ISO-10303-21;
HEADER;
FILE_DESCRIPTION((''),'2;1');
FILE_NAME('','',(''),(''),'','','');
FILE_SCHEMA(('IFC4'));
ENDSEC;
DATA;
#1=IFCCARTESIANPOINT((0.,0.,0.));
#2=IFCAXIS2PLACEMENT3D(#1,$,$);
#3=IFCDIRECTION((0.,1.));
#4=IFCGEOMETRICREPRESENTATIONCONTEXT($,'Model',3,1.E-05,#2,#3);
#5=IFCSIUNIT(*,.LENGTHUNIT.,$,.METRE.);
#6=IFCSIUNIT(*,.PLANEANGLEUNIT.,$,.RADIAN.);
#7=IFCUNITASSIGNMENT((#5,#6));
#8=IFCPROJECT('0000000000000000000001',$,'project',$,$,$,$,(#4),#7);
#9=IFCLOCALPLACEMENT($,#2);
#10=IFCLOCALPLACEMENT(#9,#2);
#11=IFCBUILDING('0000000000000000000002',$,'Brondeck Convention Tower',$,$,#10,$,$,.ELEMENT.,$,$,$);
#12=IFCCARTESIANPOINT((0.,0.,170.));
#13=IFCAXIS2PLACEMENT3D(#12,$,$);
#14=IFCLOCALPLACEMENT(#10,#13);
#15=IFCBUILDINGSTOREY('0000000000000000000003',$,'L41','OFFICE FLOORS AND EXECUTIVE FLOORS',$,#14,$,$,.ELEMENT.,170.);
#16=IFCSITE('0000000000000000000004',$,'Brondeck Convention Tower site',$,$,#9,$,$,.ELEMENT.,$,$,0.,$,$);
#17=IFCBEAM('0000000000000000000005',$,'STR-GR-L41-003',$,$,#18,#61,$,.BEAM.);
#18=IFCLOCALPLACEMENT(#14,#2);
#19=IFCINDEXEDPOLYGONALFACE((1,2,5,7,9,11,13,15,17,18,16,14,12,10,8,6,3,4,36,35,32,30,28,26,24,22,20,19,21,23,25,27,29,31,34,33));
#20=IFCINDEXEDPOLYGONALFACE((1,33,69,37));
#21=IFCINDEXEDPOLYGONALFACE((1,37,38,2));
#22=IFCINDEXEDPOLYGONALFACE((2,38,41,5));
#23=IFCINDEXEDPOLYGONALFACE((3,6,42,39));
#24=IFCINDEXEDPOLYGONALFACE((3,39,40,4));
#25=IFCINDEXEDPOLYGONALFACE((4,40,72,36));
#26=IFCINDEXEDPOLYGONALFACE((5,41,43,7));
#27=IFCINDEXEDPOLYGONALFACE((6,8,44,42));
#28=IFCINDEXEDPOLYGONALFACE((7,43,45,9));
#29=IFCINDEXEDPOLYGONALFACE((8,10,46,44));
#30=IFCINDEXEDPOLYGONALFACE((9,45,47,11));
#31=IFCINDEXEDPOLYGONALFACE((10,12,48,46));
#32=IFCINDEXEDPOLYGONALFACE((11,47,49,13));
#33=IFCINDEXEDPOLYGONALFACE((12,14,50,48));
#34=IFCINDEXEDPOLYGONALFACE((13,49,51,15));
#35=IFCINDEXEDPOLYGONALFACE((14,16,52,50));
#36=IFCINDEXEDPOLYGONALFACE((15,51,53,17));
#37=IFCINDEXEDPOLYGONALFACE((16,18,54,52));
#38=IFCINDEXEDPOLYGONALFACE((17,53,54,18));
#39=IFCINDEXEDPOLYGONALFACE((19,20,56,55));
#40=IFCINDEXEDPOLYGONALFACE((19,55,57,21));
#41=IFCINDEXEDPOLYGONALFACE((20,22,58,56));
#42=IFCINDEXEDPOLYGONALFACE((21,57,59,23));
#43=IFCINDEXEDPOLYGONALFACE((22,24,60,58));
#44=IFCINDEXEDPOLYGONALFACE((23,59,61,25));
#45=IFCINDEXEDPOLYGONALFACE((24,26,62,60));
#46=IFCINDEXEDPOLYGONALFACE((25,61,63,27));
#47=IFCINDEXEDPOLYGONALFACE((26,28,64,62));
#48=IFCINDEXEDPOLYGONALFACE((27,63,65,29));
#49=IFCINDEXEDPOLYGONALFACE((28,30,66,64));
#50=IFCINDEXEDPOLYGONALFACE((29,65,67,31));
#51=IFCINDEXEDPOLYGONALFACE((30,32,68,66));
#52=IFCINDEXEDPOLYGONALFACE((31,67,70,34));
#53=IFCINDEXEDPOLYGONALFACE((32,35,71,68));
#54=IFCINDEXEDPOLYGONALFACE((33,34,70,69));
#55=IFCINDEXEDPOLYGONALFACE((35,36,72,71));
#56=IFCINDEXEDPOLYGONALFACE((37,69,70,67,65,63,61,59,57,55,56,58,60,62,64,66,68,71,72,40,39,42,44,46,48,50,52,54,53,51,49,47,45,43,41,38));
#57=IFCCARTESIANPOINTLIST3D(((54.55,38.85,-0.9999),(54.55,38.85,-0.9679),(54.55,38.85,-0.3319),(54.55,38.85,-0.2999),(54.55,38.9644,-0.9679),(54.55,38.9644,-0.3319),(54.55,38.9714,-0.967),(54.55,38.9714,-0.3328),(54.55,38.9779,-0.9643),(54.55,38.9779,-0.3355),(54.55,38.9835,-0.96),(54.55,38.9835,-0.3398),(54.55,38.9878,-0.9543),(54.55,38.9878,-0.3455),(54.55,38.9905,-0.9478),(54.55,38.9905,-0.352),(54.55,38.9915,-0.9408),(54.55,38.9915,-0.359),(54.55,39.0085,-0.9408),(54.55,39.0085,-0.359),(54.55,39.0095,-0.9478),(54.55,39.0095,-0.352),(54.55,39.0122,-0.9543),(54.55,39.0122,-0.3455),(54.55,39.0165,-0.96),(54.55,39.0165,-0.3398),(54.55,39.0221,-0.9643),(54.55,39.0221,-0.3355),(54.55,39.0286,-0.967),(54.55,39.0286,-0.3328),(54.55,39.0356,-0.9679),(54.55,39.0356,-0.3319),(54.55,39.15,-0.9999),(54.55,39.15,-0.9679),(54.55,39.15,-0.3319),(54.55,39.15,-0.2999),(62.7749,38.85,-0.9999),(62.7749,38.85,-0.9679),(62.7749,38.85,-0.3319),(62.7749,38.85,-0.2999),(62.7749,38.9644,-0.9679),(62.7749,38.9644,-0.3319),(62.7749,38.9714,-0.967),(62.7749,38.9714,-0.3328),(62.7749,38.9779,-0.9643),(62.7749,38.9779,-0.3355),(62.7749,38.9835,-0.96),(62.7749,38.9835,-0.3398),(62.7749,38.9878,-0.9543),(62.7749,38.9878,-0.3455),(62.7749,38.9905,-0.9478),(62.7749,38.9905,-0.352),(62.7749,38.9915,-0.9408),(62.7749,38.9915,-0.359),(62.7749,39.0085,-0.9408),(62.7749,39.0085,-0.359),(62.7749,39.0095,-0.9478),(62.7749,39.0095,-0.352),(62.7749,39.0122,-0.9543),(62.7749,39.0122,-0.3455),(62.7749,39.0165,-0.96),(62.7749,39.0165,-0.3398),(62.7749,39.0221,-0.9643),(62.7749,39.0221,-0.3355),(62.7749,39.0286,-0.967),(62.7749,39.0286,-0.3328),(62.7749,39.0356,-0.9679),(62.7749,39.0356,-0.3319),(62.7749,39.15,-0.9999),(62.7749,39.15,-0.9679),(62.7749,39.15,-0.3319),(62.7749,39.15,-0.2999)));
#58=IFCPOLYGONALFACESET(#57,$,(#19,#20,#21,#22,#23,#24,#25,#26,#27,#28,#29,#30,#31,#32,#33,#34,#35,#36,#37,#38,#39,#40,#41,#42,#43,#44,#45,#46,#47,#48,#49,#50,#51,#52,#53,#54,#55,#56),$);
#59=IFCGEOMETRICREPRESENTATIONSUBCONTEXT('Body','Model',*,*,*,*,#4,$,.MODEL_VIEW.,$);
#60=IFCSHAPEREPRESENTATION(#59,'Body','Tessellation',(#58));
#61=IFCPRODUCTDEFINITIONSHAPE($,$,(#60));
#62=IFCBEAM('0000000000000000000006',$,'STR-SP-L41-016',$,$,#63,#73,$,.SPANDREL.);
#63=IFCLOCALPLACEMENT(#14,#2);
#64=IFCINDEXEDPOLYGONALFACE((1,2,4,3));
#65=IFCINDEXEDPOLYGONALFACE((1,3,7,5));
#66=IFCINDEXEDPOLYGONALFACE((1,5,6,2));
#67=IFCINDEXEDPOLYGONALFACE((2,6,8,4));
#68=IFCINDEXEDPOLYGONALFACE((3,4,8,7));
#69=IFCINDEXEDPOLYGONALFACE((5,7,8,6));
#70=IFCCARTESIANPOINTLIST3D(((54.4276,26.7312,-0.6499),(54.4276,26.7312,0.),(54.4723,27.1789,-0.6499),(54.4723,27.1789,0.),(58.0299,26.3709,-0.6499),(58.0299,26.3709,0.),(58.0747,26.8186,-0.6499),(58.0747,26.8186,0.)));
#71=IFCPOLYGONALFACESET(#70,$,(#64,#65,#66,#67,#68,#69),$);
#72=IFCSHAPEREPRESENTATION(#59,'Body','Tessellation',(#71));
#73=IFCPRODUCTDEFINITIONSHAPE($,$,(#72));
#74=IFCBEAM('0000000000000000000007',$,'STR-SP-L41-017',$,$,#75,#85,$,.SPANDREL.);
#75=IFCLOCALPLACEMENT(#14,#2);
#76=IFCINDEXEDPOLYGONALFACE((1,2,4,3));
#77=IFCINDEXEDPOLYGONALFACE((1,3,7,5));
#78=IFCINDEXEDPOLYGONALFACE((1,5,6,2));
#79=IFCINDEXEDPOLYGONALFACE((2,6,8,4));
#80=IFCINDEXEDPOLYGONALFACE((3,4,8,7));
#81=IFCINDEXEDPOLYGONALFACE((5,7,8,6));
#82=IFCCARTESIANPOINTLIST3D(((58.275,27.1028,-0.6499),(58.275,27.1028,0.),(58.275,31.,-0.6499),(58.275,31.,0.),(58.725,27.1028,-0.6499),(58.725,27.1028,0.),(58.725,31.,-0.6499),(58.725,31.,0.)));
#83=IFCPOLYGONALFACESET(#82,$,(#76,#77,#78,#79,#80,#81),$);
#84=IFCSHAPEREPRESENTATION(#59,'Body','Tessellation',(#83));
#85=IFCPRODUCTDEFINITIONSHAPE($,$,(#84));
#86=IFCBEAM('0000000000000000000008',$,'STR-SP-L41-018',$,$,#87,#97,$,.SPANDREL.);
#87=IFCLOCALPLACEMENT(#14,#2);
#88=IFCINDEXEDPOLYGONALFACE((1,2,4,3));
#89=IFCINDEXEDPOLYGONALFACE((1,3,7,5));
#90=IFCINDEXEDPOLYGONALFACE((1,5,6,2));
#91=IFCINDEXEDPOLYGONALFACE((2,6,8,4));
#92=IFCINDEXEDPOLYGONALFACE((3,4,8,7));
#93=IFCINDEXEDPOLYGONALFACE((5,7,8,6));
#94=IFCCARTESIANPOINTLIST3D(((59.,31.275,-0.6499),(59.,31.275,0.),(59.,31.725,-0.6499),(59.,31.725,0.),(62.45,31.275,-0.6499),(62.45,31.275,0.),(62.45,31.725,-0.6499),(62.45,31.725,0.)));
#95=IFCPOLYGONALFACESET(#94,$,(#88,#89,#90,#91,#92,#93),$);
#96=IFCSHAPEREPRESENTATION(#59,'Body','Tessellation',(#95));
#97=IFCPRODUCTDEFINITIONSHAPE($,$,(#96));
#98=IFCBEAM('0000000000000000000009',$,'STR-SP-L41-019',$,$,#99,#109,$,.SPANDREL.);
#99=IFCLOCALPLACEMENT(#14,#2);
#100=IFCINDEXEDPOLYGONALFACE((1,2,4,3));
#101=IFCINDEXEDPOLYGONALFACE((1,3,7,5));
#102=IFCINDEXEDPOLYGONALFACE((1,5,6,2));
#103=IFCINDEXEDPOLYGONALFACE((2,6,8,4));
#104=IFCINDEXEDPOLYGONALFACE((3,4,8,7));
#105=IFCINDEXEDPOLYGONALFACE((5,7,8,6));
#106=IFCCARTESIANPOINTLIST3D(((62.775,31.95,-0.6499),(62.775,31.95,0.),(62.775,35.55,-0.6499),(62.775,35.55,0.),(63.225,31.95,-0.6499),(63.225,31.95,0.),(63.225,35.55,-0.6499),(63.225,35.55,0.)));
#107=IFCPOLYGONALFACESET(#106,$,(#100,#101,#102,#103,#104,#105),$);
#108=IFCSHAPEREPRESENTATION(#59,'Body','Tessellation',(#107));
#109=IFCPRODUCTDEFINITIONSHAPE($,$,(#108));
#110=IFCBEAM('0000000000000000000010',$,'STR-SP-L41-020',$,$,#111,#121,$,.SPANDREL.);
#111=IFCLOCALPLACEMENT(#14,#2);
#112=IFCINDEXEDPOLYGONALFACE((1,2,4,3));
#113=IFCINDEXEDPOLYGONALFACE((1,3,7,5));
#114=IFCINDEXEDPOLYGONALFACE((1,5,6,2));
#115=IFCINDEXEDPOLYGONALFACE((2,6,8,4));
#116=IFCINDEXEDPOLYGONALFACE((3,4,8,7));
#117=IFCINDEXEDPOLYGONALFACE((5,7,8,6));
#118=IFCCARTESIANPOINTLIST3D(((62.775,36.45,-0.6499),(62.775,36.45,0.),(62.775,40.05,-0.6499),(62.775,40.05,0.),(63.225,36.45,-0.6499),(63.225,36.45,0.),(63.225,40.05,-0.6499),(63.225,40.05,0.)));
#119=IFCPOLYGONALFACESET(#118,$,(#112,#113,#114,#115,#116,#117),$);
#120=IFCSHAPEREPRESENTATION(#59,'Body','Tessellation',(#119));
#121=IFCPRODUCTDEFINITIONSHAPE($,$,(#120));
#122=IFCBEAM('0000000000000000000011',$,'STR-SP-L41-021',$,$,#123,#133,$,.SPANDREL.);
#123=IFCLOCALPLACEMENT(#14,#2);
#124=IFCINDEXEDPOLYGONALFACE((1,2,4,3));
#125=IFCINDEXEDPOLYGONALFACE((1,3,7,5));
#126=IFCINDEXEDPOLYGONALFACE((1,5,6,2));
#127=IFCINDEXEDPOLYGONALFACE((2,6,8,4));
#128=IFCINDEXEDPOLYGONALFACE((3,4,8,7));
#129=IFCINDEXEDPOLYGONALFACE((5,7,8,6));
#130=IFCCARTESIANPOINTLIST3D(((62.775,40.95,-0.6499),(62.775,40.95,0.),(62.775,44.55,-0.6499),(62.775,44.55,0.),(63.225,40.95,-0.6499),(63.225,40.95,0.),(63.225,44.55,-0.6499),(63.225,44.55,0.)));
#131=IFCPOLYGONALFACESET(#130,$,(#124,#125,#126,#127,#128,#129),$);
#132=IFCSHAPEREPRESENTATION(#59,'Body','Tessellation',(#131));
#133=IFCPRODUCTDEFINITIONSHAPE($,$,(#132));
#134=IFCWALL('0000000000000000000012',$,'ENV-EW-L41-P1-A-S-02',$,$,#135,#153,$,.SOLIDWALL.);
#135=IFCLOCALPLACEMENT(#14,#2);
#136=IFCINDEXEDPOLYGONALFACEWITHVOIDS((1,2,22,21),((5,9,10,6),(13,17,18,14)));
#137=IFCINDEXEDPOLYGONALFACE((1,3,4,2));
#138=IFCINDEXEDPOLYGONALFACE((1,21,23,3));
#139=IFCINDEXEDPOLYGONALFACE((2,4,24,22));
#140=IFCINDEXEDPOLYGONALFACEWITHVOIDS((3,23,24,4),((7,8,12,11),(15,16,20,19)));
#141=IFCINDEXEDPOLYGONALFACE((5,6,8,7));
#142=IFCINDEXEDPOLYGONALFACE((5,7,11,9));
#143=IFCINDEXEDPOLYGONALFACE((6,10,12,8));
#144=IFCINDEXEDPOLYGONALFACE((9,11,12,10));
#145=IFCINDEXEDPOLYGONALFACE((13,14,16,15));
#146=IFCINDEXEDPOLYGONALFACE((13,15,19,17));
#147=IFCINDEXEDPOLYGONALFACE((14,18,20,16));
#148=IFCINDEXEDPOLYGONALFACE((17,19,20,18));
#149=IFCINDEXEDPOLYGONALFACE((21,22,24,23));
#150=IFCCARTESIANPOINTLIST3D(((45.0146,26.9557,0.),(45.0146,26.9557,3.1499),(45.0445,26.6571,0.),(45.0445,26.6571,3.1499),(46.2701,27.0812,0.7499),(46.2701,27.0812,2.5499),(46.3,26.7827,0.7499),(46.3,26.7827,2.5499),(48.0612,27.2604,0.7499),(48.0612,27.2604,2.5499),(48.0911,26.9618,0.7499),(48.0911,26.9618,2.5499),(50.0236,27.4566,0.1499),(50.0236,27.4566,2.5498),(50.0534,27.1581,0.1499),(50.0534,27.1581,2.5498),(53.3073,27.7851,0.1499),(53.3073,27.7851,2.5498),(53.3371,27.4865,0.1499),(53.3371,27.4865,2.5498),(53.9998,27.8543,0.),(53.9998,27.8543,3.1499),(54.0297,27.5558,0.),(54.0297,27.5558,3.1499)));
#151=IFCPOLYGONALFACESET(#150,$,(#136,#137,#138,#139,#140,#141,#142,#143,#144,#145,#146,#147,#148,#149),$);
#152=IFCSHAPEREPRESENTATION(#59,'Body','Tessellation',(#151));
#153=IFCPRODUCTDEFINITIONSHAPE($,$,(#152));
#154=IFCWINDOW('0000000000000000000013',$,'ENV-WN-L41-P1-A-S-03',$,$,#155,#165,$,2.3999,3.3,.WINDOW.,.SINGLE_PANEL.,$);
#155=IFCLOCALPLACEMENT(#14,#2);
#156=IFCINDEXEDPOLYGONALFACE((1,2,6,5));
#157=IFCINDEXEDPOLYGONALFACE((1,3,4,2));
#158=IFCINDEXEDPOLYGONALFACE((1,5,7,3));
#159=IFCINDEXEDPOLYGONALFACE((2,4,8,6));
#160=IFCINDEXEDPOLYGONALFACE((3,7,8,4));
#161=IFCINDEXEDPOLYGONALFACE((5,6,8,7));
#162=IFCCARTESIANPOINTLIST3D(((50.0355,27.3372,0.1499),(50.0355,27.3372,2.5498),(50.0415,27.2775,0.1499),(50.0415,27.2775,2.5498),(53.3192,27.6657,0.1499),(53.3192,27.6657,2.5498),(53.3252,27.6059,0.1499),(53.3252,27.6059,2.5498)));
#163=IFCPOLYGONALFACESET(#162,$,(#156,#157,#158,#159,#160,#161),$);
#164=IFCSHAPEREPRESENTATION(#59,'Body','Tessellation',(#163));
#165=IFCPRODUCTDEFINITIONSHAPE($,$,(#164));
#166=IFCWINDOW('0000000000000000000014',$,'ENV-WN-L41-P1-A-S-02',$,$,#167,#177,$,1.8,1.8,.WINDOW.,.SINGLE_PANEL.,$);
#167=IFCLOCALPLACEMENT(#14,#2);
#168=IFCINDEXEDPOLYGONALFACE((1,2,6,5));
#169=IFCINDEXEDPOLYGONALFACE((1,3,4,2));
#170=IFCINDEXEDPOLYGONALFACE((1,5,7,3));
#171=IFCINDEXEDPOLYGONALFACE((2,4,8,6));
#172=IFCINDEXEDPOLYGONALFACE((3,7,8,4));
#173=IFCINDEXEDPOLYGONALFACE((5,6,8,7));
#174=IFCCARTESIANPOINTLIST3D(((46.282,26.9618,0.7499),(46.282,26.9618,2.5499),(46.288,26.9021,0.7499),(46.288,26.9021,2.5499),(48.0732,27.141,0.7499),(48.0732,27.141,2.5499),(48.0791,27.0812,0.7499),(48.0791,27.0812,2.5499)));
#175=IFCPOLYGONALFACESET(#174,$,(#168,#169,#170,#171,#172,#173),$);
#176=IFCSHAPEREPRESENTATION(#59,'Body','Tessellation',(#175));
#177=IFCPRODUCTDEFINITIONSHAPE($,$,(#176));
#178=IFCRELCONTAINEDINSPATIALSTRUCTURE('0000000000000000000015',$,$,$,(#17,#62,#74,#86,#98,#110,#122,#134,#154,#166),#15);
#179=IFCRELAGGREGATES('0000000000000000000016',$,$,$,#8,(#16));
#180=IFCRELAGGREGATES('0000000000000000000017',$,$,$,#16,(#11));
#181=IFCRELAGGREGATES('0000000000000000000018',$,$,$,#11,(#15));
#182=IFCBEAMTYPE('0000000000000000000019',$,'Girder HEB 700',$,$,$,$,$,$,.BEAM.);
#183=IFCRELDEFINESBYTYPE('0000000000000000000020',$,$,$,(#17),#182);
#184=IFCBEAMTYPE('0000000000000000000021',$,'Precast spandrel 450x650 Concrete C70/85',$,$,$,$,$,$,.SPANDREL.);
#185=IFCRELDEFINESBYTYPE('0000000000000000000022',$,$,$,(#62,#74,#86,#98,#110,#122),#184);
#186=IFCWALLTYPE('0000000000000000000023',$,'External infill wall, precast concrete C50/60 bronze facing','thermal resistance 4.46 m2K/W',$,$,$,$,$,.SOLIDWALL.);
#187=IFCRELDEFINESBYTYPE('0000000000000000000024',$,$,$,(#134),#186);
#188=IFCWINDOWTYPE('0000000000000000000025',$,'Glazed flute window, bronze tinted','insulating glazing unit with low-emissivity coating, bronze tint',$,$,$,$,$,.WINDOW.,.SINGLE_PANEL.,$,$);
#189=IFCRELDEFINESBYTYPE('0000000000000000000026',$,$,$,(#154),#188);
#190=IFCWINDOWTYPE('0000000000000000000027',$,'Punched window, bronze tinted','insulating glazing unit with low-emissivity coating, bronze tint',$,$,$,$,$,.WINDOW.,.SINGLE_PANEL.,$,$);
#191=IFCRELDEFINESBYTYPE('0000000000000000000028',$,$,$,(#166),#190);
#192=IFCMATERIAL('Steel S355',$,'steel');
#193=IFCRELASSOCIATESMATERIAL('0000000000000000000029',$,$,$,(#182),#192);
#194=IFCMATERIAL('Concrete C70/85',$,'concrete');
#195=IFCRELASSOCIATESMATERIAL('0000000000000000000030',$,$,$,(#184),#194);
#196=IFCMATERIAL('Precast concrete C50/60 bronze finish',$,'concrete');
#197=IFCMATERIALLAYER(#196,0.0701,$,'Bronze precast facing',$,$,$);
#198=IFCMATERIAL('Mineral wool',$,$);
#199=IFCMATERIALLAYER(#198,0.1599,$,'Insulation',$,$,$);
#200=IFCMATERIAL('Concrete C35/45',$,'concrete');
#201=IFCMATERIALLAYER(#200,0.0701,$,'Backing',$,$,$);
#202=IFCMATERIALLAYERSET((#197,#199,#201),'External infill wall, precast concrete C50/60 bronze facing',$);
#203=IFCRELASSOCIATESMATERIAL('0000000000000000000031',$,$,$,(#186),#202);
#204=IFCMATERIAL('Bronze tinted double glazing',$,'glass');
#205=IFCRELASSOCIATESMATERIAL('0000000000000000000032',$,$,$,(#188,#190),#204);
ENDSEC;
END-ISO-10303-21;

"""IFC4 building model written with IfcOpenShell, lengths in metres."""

from ifc_helpers import new_model, si_unit, direction, frame, frame_2d, origin, origin_2d, place, context, subcontext, project, spatial, rectangle, i_section, extrude, material, layer, layer_set, material_profile, profile_set, type_object, element, fill, save


model = new_model("IFC4")

# Units and contexts
model_context = context("Model", 3, precision=1e-05, world=origin(), true_north=direction((0.0, 1.0)))
body_context = subcontext(model_context, "Body", "Model", "MODEL_VIEW")
ifc_project = project(units=[si_unit("LENGTHUNIT", "METRE"), si_unit("PLANEANGLEUNIT", "RADIAN")], contexts=[model_context])

# Site, building, storey
site_placement = place(None, origin())
site = spatial("IfcSite", under=ifc_project, at=site_placement, Name="Brondeck Convention Tower site", CompositionType="ELEMENT", RefElevation=0.0)
building_placement = place(site_placement, origin())
building = spatial("IfcBuilding", under=site, at=building_placement, Name="Brondeck Convention Tower", CompositionType="ELEMENT")
storey_placement = place(building_placement, frame((0.0, 0.0, 170.0)))
storey = spatial("IfcBuildingStorey", under=building, at=storey_placement, Name="L41", Description="OFFICE FLOORS AND EXECUTIVE FLOORS", CompositionType="ELEMENT", Elevation=170.0)

# Shared definitions
ifc_material_1 = material(Name="Concrete C70/85", Category="concrete")

# Beams
ifc_material_2 = material(Name="Steel S355", Category="steel")
ifc_material_profile_1 = material_profile(ifc_material_2, i_section(OverallWidth=0.3, OverallDepth=0.7, WebThickness=0.0171, FlangeThickness=0.032, FilletRadius=0.0271, at=origin_2d()), Name="HEB 700")
ifc_profile_set_1 = profile_set([ifc_material_profile_1], Name="Steel S355")
beam_type_1 = type_object("IfcBeamType", Name="Girder HEB 700", PredefinedType="BEAM", material=ifc_profile_set_1)
beam_1_placement = place(storey_placement, frame((54.55, 39.0, -0.6499), z_axis=(1.0, 0.0, 0.0), x_axis=(0.0, 1.0, 0.0)))
element("IfcBeam", 1, at=beam_1_placement, inside=storey, type_object=beam_type_1, Name="STR-GR-L41-003", PredefinedType="BEAM", context=body_context, shape_type="SweptSolid", body=[
    extrude(i_section(OverallWidth=0.3, OverallDepth=0.7, WebThickness=0.0171, FlangeThickness=0.032, FilletRadius=0.0271, at=origin_2d()), origin(), (0.0, 0.0, 1.0), 8.2249),
])
ifc_material_profile_2 = material_profile(ifc_material_1, rectangle(XDim=0.45, YDim=0.6499, at=origin_2d()), Name="Precast spandrel 450x650 Concrete C70/85")
ifc_profile_set_2 = profile_set([ifc_material_profile_2], Name="Concrete C70/85")
beam_type_2 = type_object("IfcBeamType", Name="Precast spandrel 450x650 Concrete C70/85", PredefinedType="SPANDREL", material=ifc_profile_set_2)
beam_2_placement = place(storey_placement, frame((54.45, 26.9551, -0.325), z_axis=(0.995034, -0.099537, 0.0), x_axis=(0.099537, 0.995034, 0.0)))
element("IfcBeam", 2, at=beam_2_placement, inside=storey, type_object=beam_type_2, Name="STR-SP-L41-016", PredefinedType="SPANDREL", context=body_context, shape_type="SweptSolid", body=[
    extrude(rectangle(XDim=0.45, YDim=0.6499, at=origin_2d()), origin(), (0.0, 0.0, 1.0), 3.6204),
])
beam_3_placement = place(storey_placement, frame((58.5, 27.1028, -0.325), z_axis=(0.0, 1.0, 0.0), x_axis=(-1.0, 0.0, 0.0)))
element("IfcBeam", 3, at=beam_3_placement, inside=storey, type_object=beam_type_2, Name="STR-SP-L41-017", PredefinedType="SPANDREL", context=body_context, shape_type="SweptSolid", body=[
    extrude(rectangle(XDim=0.45, YDim=0.6499, at=origin_2d()), origin(), (0.0, 0.0, 1.0), 3.8972),
])
beam_4_placement = place(storey_placement, frame((59.0, 31.5, -0.325), z_axis=(1.0, 0.0, 0.0), x_axis=(0.0, 1.0, 0.0)))
element("IfcBeam", 4, at=beam_4_placement, inside=storey, type_object=beam_type_2, Name="STR-SP-L41-018", PredefinedType="SPANDREL", context=body_context, shape_type="SweptSolid", body=[
    extrude(rectangle(XDim=0.45, YDim=0.6499, at=origin_2d()), origin(), (0.0, 0.0, 1.0), 3.45),
])
for number, where, z_axis, x_axis, name in (
    (5, (63.0, 31.95, -0.325), (0.0, 1.0, 0.0), (-1.0, 0.0, 0.0), "STR-SP-L41-019"),
    (6, (63.0, 36.45, -0.325), (0.0, 1.0, 0.0), (-1.0, 0.0, 0.0), "STR-SP-L41-020"),
    (7, (63.0, 40.95, -0.325), (0.0, 1.0, 0.0), (-1.0, 0.0, 0.0), "STR-SP-L41-021"),
):
    element("IfcBeam", number, at=place(storey_placement, frame(where, z_axis=z_axis, x_axis=x_axis)), inside=storey, type_object=beam_type_2, Name=name, PredefinedType="SPANDREL", context=body_context, shape_type="SweptSolid", body=[
        extrude(rectangle(XDim=0.45, YDim=0.6499, at=origin_2d()), origin(), (0.0, 0.0, 1.0), 3.6001),
    ])

# Wall, openings, windows
ifc_material_3 = material(Name="Precast concrete C50/60 bronze finish", Category="concrete")
ifc_layer_1 = layer(ifc_material_3, 0.0701, Name="Bronze precast facing")
ifc_material_4 = material(Name="Mineral wool")
ifc_layer_2 = layer(ifc_material_4, 0.1599, Name="Insulation")
ifc_material_5 = material(Name="Concrete C35/45", Category="concrete")
ifc_layer_3 = layer(ifc_material_5, 0.0701, Name="Backing")
ifc_layer_set_1 = layer_set([ifc_layer_1, ifc_layer_2, ifc_layer_3], Name="External infill wall, precast concrete C50/60 bronze facing")
wall_type_1 = type_object("IfcWallType", Name="External infill wall, precast concrete C50/60 bronze facing", Description="thermal resistance 4.46 m2K/W", PredefinedType="SOLIDWALL", material=ifc_layer_set_1)
wall_1_placement = place(storey_placement, frame((54.0149, 27.7051, 0.0), z_axis=(0.0, 0.0, 1.0), x_axis=(-0.995035, -0.099522, 0.0)))
wall_1 = element("IfcWall", 8, at=wall_1_placement, inside=storey, type_object=wall_type_1, Name="ENV-EW-L41-P1-A-S-02", PredefinedType="SOLIDWALL", context=body_context, shape_type="SweptSolid", body=[
    extrude(rectangle(XDim=9.03, YDim=0.3, at=frame_2d((4.5151, 0.0))), origin(), (0.0, 0.0, 1.0), 3.1499),
])
opening_1_placement = place(wall_1_placement, frame((0.6963, 0.0, 0.1499)))
opening_1 = element("IfcOpeningElement", 9, at=opening_1_placement, cuts=wall_1, PredefinedType="OPENING", context=body_context, shape_type="SweptSolid", body=[
    extrude(rectangle(XDim=3.3, YDim=2.3999, at=frame_2d((1.6499, 1.2))), frame((0.0, 0.1599, 0.0), z_axis=(0.0, -1.0, 0.0), x_axis=(1.0, 0.0, 0.0)), (0.0, 0.0, 1.0), 0.3201),
])
opening_2_placement = place(wall_1_placement, frame((5.9685, 0.0, 0.75)))
opening_2 = element("IfcOpeningElement", 10, at=opening_2_placement, cuts=wall_1, PredefinedType="OPENING", context=body_context, shape_type="SweptSolid", body=[
    extrude(rectangle(XDim=1.8, YDim=1.8, at=frame_2d((0.8999, 0.8999))), frame((0.0, 0.1599, 0.0), z_axis=(0.0, -1.0, 0.0), x_axis=(1.0, 0.0, 0.0)), (0.0, 0.0, 1.0), 0.3201),
])
ifc_material_6 = material(Name="Bronze tinted double glazing", Category="glass")
window_type_1 = type_object("IfcWindowType", Name="Glazed flute window, bronze tinted", Description="insulating glazing unit with low-emissivity coating, bronze tint", PartitioningType="SINGLE_PANEL", PredefinedType="WINDOW", material=ifc_material_6)
window_1_placement = place(opening_1_placement, origin())
window_1 = element("IfcWindow", 11, at=window_1_placement, inside=storey, type_object=window_type_1, Name="ENV-WN-L41-P1-A-S-03", OverallHeight=2.3999, OverallWidth=3.3, PartitioningType="SINGLE_PANEL", PredefinedType="WINDOW", context=body_context, shape_type="SweptSolid", body=[
    extrude(rectangle(XDim=3.3, YDim=2.3999, at=frame_2d((1.6499, 1.2))), frame((0.0, 0.03, 0.0), z_axis=(0.0, -1.0, 0.0), x_axis=(1.0, 0.0, 0.0)), (0.0, 0.0, 1.0), 0.0601),
])
fill(opening_1, window_1)
window_type_2 = type_object("IfcWindowType", Name="Punched window, bronze tinted", Description="insulating glazing unit with low-emissivity coating, bronze tint", PartitioningType="SINGLE_PANEL", PredefinedType="WINDOW", material=ifc_material_6)
window_2_placement = place(opening_2_placement, origin())
window_2 = element("IfcWindow", 12, at=window_2_placement, inside=storey, type_object=window_type_2, Name="ENV-WN-L41-P1-A-S-02", OverallHeight=1.8, OverallWidth=1.8, PartitioningType="SINGLE_PANEL", PredefinedType="WINDOW", context=body_context, shape_type="SweptSolid", body=[
    extrude(rectangle(XDim=1.8, YDim=1.8, at=frame_2d((0.8999, 0.8999))), frame((0.0, 0.03, 0.0), z_axis=(0.0, -1.0, 0.0), x_axis=(1.0, 0.0, 0.0)), (0.0, 0.0, 1.0), 0.0601),
])
fill(opening_2, window_2)

save(model, "model.ifc")
